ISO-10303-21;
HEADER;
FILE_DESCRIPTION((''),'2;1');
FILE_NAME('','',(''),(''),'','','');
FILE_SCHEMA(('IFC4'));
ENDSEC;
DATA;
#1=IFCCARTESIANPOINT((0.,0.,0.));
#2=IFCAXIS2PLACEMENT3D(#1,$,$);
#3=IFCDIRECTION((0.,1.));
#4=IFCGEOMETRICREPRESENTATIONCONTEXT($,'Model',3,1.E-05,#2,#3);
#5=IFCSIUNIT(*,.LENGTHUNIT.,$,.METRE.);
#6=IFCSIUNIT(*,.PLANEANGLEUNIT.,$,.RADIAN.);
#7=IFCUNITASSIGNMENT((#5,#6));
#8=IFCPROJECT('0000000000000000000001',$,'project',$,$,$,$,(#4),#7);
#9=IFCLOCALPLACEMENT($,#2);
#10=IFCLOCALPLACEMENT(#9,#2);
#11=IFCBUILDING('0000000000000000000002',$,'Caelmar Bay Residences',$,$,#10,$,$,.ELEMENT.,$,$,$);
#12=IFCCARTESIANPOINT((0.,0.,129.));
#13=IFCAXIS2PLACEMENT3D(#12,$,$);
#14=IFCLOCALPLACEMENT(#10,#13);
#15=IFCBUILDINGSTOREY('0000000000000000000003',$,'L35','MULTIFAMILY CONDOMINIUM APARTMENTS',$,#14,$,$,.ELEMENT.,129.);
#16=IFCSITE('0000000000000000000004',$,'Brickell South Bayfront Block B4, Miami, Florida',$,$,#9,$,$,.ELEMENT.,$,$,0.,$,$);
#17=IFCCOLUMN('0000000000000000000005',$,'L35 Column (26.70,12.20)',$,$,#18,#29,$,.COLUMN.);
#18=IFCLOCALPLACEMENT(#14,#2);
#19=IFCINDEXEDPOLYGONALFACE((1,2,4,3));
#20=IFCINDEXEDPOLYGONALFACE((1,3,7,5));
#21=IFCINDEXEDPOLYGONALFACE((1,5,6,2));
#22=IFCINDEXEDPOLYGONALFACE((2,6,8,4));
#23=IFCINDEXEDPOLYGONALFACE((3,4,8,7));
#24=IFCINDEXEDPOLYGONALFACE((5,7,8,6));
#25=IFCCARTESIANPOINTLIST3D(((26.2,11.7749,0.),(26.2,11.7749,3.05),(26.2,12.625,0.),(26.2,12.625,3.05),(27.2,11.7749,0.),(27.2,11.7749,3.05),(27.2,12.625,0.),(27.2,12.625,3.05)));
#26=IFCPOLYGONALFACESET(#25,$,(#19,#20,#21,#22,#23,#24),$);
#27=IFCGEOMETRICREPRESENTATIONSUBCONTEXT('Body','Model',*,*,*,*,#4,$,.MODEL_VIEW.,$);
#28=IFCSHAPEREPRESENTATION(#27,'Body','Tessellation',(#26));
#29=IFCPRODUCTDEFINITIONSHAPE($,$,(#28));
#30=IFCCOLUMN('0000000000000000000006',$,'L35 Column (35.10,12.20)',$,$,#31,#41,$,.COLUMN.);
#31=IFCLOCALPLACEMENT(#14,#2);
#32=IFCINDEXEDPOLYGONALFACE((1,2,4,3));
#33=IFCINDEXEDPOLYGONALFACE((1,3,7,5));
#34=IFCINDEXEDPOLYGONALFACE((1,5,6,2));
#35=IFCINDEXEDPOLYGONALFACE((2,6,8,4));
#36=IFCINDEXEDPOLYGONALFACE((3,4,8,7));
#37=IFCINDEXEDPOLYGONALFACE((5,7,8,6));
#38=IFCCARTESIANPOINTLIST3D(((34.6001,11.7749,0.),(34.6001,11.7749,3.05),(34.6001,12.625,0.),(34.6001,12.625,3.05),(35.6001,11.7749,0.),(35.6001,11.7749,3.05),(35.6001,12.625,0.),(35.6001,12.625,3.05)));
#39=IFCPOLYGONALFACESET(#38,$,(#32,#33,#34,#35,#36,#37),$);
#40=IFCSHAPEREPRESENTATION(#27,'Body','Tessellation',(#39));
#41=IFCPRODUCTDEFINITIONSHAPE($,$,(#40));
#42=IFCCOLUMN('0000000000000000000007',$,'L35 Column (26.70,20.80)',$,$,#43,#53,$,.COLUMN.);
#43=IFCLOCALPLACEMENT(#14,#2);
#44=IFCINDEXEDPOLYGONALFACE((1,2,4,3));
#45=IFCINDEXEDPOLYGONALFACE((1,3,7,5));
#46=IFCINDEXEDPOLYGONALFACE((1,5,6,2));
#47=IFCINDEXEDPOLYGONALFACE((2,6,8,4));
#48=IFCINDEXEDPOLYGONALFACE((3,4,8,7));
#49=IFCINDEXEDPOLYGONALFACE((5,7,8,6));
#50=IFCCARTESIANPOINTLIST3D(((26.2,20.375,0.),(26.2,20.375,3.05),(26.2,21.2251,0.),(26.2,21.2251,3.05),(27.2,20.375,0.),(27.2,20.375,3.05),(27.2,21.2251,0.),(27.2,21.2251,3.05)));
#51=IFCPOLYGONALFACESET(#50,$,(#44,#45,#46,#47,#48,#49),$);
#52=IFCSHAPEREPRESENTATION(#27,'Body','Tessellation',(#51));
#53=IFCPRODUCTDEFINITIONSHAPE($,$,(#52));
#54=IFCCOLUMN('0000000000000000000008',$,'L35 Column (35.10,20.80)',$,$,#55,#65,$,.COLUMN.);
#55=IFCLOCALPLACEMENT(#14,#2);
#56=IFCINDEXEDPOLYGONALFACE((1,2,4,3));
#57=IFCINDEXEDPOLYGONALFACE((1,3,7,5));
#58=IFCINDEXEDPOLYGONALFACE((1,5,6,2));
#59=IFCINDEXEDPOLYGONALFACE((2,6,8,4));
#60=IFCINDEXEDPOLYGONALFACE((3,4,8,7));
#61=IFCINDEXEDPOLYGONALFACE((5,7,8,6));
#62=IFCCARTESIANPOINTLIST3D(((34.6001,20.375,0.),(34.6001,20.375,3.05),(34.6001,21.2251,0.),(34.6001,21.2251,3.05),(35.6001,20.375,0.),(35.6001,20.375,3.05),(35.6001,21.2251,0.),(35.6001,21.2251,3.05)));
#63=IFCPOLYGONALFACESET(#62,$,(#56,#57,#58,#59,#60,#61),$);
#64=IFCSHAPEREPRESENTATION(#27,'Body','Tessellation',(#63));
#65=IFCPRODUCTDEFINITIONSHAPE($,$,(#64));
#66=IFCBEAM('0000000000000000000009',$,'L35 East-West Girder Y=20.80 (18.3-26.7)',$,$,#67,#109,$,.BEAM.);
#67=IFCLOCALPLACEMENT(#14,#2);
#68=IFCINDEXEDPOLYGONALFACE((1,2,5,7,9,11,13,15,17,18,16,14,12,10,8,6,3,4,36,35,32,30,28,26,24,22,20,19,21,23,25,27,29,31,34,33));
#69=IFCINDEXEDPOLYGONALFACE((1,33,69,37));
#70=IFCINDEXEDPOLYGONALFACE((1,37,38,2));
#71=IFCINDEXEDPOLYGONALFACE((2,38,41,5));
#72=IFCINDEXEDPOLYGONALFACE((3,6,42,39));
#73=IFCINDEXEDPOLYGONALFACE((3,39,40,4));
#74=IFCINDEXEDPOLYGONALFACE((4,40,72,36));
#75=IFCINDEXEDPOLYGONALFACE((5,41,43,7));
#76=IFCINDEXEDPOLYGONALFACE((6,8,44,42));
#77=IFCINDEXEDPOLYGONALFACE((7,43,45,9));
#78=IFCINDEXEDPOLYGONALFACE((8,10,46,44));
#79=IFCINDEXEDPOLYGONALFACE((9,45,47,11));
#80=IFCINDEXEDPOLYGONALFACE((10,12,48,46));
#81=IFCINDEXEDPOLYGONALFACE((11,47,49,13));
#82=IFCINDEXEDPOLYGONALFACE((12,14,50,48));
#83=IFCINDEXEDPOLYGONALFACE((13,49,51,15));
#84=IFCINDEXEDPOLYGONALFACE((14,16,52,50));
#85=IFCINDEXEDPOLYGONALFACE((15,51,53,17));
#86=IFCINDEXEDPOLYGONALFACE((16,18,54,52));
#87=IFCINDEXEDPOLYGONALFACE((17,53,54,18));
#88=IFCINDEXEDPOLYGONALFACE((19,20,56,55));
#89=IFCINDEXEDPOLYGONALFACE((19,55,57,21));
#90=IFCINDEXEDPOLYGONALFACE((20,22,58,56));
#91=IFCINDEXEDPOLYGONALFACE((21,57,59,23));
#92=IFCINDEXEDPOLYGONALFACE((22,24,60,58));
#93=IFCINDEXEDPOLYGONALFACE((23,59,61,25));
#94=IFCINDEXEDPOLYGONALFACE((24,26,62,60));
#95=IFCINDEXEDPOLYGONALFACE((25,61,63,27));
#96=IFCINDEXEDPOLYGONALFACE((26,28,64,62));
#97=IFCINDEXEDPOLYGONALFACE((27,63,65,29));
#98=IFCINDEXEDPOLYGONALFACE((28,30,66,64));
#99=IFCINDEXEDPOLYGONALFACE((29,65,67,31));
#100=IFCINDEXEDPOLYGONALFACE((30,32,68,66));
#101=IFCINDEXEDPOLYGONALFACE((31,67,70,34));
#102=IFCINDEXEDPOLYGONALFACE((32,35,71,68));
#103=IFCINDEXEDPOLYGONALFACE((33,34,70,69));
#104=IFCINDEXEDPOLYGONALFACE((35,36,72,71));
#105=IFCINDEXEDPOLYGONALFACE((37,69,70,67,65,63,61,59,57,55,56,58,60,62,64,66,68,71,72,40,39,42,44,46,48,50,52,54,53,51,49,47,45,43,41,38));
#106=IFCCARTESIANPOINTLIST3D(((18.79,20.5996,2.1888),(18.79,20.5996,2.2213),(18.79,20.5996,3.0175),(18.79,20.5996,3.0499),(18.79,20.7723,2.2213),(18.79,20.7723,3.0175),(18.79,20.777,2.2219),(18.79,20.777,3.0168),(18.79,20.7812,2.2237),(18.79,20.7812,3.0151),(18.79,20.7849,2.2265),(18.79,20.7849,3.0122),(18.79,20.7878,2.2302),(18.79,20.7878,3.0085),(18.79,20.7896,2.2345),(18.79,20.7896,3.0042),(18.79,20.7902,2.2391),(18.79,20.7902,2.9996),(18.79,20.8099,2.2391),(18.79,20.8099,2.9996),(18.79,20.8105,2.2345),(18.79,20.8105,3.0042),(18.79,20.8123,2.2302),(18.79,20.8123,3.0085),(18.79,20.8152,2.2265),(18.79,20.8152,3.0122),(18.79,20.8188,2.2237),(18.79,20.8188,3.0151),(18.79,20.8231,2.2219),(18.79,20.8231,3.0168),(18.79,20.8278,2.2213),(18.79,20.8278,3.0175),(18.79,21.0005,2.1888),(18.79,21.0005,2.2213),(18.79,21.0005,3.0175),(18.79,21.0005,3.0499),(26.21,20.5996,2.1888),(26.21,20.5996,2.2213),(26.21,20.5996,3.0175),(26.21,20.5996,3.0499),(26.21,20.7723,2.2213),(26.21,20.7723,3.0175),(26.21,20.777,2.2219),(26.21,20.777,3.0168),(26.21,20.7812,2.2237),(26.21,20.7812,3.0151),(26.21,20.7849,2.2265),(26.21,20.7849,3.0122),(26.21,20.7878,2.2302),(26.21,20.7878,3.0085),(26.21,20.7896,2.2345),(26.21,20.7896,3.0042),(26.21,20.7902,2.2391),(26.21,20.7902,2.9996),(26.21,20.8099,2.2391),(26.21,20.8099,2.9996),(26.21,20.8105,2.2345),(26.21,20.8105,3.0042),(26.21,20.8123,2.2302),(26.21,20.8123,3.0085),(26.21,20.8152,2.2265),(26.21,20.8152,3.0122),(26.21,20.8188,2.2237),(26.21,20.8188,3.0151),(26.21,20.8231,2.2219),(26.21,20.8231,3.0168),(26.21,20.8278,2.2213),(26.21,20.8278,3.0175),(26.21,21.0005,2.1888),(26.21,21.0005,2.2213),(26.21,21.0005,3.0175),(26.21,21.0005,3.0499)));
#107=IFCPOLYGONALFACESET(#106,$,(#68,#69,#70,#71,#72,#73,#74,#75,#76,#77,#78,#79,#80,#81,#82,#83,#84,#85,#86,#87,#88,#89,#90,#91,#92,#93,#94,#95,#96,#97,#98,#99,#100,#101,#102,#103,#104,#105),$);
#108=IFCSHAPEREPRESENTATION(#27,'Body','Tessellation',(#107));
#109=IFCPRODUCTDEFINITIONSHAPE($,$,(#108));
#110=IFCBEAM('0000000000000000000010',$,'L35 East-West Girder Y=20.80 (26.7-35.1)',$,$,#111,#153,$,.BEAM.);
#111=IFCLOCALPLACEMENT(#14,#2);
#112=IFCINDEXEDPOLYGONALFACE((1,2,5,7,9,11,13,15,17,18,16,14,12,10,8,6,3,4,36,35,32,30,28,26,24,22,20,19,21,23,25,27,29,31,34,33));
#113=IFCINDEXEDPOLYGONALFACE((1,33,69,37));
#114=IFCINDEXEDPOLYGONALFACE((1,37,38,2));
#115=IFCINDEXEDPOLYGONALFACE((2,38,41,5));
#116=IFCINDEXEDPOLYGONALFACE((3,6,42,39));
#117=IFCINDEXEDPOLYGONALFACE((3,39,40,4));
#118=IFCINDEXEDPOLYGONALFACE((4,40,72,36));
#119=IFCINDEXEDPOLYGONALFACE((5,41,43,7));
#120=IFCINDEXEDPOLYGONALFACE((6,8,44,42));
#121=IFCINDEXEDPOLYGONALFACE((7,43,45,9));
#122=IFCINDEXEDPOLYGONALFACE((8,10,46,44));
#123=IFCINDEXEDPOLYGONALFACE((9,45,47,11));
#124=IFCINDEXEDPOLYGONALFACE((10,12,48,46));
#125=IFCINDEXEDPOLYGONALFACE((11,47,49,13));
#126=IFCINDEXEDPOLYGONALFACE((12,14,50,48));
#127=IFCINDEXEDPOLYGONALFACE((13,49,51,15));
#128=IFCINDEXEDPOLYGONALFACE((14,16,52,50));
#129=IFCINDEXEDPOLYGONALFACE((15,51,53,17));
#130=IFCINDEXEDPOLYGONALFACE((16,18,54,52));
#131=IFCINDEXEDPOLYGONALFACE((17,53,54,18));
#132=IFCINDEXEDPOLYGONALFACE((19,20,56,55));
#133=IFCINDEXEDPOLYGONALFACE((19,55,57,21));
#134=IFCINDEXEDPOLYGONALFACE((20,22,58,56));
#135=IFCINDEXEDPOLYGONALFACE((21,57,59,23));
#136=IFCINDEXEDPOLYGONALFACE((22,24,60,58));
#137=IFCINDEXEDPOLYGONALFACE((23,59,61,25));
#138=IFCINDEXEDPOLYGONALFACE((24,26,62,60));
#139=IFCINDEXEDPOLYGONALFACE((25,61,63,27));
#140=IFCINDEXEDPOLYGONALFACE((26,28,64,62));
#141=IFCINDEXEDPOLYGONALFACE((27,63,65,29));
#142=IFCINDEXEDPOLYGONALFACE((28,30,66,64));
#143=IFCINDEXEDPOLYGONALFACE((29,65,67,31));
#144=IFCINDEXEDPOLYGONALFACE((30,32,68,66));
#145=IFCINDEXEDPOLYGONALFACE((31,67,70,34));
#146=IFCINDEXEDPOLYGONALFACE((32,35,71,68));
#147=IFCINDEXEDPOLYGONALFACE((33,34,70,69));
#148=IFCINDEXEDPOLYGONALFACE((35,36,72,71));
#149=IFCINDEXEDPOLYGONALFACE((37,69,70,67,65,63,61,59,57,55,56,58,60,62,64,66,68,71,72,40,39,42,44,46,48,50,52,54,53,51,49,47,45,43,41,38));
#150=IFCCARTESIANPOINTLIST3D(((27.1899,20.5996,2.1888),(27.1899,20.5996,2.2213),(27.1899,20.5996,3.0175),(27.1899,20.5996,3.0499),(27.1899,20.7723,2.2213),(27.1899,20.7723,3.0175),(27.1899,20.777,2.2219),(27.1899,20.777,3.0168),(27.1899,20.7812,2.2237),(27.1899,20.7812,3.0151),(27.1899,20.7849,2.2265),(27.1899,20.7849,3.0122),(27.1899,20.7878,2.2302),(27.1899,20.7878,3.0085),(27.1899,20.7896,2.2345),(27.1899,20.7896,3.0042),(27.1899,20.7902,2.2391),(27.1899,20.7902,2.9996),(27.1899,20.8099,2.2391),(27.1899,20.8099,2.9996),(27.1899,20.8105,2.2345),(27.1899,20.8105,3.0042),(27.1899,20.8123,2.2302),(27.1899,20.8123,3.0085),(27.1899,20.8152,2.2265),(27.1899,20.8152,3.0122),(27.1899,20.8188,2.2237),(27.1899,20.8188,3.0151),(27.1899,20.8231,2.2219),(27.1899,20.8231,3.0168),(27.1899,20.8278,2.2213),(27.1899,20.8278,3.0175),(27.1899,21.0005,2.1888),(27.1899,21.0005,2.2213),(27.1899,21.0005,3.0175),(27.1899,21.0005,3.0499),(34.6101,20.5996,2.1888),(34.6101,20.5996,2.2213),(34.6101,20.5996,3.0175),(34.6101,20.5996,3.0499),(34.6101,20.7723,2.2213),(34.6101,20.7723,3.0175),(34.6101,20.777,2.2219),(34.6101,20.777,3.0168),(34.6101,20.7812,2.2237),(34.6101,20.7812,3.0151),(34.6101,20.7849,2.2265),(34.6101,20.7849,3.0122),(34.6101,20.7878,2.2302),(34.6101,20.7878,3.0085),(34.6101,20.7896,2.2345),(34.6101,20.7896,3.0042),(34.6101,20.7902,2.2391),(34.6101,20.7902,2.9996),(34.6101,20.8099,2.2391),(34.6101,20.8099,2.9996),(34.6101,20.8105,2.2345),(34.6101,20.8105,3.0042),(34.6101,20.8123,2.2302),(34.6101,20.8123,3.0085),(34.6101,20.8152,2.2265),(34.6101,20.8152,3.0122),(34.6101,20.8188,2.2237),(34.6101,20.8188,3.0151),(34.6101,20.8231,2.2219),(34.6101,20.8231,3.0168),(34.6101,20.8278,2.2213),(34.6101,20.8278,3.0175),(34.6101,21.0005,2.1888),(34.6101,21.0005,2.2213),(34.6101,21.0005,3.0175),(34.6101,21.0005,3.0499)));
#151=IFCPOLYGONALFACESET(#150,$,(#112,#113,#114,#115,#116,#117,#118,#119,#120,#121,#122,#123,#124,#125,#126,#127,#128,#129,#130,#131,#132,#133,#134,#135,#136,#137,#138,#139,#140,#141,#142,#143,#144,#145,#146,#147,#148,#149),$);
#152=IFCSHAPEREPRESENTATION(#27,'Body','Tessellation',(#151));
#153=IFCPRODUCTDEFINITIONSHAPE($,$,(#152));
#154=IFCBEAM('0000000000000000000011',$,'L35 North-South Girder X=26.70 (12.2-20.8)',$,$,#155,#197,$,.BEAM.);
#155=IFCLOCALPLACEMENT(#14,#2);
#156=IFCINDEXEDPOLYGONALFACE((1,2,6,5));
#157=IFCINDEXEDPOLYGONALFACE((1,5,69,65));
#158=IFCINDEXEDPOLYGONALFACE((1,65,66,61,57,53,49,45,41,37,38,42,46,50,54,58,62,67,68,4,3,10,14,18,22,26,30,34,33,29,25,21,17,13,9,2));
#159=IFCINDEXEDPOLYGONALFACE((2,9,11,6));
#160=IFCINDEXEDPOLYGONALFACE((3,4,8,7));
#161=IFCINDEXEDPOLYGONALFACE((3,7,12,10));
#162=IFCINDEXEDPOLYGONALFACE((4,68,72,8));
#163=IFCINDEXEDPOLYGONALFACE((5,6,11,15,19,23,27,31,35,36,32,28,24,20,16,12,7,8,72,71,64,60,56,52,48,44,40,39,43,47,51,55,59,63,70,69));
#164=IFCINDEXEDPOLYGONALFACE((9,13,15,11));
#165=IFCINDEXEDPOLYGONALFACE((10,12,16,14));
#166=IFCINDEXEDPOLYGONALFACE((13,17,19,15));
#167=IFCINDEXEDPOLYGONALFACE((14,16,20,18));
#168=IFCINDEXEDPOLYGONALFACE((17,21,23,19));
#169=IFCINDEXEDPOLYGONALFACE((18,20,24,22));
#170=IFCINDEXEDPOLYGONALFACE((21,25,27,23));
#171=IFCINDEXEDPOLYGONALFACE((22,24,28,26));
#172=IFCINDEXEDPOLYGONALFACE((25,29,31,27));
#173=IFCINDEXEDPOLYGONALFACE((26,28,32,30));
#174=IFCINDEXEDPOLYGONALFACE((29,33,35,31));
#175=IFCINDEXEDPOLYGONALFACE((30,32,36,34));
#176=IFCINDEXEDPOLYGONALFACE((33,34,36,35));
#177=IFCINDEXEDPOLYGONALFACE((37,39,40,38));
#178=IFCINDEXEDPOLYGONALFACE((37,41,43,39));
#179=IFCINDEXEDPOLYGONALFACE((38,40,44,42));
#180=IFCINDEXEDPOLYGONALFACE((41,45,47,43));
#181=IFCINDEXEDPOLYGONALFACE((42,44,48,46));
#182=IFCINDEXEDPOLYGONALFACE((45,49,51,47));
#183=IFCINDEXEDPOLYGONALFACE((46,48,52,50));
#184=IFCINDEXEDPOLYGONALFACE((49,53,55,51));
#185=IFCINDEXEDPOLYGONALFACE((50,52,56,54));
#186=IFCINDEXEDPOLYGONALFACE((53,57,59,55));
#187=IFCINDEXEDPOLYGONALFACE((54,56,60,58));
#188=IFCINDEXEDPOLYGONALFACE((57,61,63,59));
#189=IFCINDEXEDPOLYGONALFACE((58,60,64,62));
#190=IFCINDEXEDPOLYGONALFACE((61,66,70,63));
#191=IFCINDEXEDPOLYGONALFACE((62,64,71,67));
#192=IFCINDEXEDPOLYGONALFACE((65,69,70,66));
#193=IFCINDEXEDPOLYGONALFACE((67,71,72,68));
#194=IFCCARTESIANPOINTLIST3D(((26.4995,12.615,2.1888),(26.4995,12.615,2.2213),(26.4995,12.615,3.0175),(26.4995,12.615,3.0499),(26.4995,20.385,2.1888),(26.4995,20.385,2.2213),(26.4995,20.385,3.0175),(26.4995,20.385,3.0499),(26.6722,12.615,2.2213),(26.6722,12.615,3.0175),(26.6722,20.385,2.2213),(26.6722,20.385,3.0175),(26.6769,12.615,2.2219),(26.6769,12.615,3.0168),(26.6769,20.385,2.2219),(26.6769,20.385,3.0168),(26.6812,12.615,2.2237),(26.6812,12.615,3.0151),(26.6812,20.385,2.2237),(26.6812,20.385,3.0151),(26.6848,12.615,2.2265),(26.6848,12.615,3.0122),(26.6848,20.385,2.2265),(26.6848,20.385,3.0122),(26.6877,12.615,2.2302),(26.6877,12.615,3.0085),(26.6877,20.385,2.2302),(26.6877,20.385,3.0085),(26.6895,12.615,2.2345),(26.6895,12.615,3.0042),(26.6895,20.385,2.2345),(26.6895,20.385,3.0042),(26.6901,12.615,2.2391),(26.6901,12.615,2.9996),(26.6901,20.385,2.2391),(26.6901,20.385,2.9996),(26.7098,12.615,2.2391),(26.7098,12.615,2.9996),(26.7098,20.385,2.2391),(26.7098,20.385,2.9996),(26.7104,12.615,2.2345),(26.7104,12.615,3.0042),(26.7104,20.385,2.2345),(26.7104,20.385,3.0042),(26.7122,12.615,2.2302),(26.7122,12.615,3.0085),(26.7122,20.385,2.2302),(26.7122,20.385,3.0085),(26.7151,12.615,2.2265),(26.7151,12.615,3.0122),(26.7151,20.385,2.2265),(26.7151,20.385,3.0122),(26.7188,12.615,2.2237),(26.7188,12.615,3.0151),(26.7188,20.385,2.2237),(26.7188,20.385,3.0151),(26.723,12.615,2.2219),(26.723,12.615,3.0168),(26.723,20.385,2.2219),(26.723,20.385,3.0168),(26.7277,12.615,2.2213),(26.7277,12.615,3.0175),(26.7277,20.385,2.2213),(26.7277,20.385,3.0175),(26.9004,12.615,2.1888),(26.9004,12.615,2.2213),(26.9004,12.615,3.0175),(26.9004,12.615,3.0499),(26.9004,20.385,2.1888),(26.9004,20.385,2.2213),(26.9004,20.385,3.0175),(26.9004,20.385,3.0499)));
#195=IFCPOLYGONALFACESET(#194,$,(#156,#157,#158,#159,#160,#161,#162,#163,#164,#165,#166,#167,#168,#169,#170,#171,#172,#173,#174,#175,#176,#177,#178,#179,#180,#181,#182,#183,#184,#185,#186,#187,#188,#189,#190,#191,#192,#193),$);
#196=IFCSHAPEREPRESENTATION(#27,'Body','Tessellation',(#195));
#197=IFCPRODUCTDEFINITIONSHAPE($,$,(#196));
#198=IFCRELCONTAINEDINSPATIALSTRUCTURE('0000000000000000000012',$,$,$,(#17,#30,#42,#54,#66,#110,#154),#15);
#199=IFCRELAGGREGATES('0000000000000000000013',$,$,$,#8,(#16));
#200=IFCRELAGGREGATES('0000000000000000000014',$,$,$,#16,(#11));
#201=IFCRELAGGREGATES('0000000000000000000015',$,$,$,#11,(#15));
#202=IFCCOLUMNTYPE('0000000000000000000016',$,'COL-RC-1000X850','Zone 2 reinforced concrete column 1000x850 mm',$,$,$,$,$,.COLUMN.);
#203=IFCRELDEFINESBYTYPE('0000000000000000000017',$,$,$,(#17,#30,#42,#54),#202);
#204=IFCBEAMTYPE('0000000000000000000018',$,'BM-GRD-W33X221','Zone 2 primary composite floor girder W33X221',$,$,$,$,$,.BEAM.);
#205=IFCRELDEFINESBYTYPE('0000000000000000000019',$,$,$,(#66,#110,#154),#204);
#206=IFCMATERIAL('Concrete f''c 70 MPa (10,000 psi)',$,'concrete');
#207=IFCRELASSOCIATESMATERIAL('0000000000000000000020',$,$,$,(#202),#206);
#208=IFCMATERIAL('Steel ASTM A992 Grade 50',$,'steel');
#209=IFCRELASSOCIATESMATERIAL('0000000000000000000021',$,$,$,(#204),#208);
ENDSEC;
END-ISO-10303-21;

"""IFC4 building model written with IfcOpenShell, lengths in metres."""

from ifc_helpers import new_model, si_unit, direction, frame, origin, origin_2d, place, context, subcontext, project, spatial, rectangle, i_section, extrude, material, material_profile, profile_set, type_object, element, save


model = new_model("IFC4")

# Units and contexts
model_context = context("Model", 3, precision=1e-05, world=origin(), true_north=direction((0.0, 1.0)))
body_context = subcontext(model_context, "Body", "Model", "MODEL_VIEW")
ifc_project = project(units=[si_unit("LENGTHUNIT", "METRE"), si_unit("PLANEANGLEUNIT", "RADIAN")], contexts=[model_context])

# Site, building, storey
site_placement = place(None, origin())
site = spatial("IfcSite", under=ifc_project, at=site_placement, Name="Brickell South Bayfront Block B4, Miami, Florida", CompositionType="ELEMENT", RefElevation=0.0)
building_placement = place(site_placement, origin())
building = spatial("IfcBuilding", under=site, at=building_placement, Name="Caelmar Bay Residences", CompositionType="ELEMENT")
storey_placement = place(building_placement, frame((0.0, 0.0, 129.0)))
storey = spatial("IfcBuildingStorey", under=building, at=storey_placement, Name="L35", Description="MULTIFAMILY CONDOMINIUM APARTMENTS", CompositionType="ELEMENT", Elevation=129.0)

# Columns
ifc_material_1 = material(Name="Concrete f'c 70 MPa (10,000 psi)", Category="concrete")
ifc_material_profile_1 = material_profile(ifc_material_1, rectangle(XDim=1.0, YDim=0.8501, at=origin_2d()), Name="RC-COL-1000X850")
ifc_profile_set_1 = profile_set([ifc_material_profile_1], Name="Concrete f'c 70 MPa (10,000 psi)")
column_type = type_object("IfcColumnType", Name="COL-RC-1000X850", Description="Zone 2 reinforced concrete column 1000x850 mm", PredefinedType="COLUMN", material=ifc_profile_set_1)
for number, where, z_axis, x_axis, name in (
    (1, (26.7, 12.2, 0.0), (0.0, 0.0, 1.0), (1.0, 0.0, 0.0), "L35 Column (26.70,12.20)"),
    (2, (35.1001, 12.2, 0.0), (0.0, 0.0, 1.0), (1.0, 0.0, 0.0), "L35 Column (35.10,12.20)"),
    (3, (26.7, 20.8, 0.0), (0.0, 0.0, 1.0), (1.0, 0.0, 0.0), "L35 Column (26.70,20.80)"),
    (4, (35.1001, 20.8, 0.0), (0.0, 0.0, 1.0), (1.0, 0.0, 0.0), "L35 Column (35.10,20.80)"),
):
    element("IfcColumn", number, at=place(storey_placement, frame(where, z_axis=z_axis, x_axis=x_axis)), inside=storey, type_object=column_type, Name=name, PredefinedType="COLUMN", context=body_context, shape_type="SweptSolid", body=[
        extrude(rectangle(XDim=1.0, YDim=0.8501, at=origin_2d()), origin(), (0.0, 0.0, 1.0), 3.05),
    ])

# Beams
ifc_material_2 = material(Name="Steel ASTM A992 Grade 50", Category="steel")
ifc_material_profile_2 = material_profile(ifc_material_2, i_section(OverallWidth=0.4009, OverallDepth=0.8611, WebThickness=0.0198, FlangeThickness=0.0325, FilletRadius=0.0178, at=origin_2d()), Name="W33X221")
ifc_profile_set_2 = profile_set([ifc_material_profile_2], Name="Steel ASTM A992 Grade 50")
beam_type_1 = type_object("IfcBeamType", Name="BM-GRD-W33X221", Description="Zone 2 primary composite floor girder W33X221", PredefinedType="BEAM", material=ifc_profile_set_2)
beam_1_placement = place(storey_placement, frame((18.79, 20.8, 2.6194), z_axis=(1.0, 0.0, 0.0), x_axis=(0.0, 1.0, 0.0)))
element("IfcBeam", 5, at=beam_1_placement, inside=storey, type_object=beam_type_1, Name="L35 East-West Girder Y=20.80 (18.3-26.7)", PredefinedType="BEAM", context=body_context, shape_type="SweptSolid", body=[
    extrude(i_section(OverallWidth=0.4009, OverallDepth=0.8611, WebThickness=0.0198, FlangeThickness=0.0325, FilletRadius=0.0178, at=origin_2d()), origin(), (0.0, 0.0, 1.0), 7.4199),
])
beam_2_placement = place(storey_placement, frame((27.1899, 20.8, 2.6194), z_axis=(1.0, 0.0, 0.0), x_axis=(0.0, 1.0, 0.0)))
element("IfcBeam", 6, at=beam_2_placement, inside=storey, type_object=beam_type_1, Name="L35 East-West Girder Y=20.80 (26.7-35.1)", PredefinedType="BEAM", context=body_context, shape_type="SweptSolid", body=[
    extrude(i_section(OverallWidth=0.4009, OverallDepth=0.8611, WebThickness=0.0198, FlangeThickness=0.0325, FilletRadius=0.0178, at=origin_2d()), origin(), (0.0, 0.0, 1.0), 7.4202),
])
for number, where, z_axis, x_axis, name in (
    (7, (26.7, 12.615, 2.6194), (0.0, 1.0, 0.0), (-1.0, 0.0, 0.0), "L35 North-South Girder X=26.70 (12.2-20.8)"),
):
    element("IfcBeam", number, at=place(storey_placement, frame(where, z_axis=z_axis, x_axis=x_axis)), inside=storey, type_object=beam_type_1, Name=name, PredefinedType="BEAM", context=body_context, shape_type="SweptSolid", body=[
        extrude(i_section(OverallWidth=0.4009, OverallDepth=0.8611, WebThickness=0.0198, FlangeThickness=0.0325, FilletRadius=0.0178, at=origin_2d()), origin(), (0.0, 0.0, 1.0), 7.77),
    ])

save(model, "model.ifc")
